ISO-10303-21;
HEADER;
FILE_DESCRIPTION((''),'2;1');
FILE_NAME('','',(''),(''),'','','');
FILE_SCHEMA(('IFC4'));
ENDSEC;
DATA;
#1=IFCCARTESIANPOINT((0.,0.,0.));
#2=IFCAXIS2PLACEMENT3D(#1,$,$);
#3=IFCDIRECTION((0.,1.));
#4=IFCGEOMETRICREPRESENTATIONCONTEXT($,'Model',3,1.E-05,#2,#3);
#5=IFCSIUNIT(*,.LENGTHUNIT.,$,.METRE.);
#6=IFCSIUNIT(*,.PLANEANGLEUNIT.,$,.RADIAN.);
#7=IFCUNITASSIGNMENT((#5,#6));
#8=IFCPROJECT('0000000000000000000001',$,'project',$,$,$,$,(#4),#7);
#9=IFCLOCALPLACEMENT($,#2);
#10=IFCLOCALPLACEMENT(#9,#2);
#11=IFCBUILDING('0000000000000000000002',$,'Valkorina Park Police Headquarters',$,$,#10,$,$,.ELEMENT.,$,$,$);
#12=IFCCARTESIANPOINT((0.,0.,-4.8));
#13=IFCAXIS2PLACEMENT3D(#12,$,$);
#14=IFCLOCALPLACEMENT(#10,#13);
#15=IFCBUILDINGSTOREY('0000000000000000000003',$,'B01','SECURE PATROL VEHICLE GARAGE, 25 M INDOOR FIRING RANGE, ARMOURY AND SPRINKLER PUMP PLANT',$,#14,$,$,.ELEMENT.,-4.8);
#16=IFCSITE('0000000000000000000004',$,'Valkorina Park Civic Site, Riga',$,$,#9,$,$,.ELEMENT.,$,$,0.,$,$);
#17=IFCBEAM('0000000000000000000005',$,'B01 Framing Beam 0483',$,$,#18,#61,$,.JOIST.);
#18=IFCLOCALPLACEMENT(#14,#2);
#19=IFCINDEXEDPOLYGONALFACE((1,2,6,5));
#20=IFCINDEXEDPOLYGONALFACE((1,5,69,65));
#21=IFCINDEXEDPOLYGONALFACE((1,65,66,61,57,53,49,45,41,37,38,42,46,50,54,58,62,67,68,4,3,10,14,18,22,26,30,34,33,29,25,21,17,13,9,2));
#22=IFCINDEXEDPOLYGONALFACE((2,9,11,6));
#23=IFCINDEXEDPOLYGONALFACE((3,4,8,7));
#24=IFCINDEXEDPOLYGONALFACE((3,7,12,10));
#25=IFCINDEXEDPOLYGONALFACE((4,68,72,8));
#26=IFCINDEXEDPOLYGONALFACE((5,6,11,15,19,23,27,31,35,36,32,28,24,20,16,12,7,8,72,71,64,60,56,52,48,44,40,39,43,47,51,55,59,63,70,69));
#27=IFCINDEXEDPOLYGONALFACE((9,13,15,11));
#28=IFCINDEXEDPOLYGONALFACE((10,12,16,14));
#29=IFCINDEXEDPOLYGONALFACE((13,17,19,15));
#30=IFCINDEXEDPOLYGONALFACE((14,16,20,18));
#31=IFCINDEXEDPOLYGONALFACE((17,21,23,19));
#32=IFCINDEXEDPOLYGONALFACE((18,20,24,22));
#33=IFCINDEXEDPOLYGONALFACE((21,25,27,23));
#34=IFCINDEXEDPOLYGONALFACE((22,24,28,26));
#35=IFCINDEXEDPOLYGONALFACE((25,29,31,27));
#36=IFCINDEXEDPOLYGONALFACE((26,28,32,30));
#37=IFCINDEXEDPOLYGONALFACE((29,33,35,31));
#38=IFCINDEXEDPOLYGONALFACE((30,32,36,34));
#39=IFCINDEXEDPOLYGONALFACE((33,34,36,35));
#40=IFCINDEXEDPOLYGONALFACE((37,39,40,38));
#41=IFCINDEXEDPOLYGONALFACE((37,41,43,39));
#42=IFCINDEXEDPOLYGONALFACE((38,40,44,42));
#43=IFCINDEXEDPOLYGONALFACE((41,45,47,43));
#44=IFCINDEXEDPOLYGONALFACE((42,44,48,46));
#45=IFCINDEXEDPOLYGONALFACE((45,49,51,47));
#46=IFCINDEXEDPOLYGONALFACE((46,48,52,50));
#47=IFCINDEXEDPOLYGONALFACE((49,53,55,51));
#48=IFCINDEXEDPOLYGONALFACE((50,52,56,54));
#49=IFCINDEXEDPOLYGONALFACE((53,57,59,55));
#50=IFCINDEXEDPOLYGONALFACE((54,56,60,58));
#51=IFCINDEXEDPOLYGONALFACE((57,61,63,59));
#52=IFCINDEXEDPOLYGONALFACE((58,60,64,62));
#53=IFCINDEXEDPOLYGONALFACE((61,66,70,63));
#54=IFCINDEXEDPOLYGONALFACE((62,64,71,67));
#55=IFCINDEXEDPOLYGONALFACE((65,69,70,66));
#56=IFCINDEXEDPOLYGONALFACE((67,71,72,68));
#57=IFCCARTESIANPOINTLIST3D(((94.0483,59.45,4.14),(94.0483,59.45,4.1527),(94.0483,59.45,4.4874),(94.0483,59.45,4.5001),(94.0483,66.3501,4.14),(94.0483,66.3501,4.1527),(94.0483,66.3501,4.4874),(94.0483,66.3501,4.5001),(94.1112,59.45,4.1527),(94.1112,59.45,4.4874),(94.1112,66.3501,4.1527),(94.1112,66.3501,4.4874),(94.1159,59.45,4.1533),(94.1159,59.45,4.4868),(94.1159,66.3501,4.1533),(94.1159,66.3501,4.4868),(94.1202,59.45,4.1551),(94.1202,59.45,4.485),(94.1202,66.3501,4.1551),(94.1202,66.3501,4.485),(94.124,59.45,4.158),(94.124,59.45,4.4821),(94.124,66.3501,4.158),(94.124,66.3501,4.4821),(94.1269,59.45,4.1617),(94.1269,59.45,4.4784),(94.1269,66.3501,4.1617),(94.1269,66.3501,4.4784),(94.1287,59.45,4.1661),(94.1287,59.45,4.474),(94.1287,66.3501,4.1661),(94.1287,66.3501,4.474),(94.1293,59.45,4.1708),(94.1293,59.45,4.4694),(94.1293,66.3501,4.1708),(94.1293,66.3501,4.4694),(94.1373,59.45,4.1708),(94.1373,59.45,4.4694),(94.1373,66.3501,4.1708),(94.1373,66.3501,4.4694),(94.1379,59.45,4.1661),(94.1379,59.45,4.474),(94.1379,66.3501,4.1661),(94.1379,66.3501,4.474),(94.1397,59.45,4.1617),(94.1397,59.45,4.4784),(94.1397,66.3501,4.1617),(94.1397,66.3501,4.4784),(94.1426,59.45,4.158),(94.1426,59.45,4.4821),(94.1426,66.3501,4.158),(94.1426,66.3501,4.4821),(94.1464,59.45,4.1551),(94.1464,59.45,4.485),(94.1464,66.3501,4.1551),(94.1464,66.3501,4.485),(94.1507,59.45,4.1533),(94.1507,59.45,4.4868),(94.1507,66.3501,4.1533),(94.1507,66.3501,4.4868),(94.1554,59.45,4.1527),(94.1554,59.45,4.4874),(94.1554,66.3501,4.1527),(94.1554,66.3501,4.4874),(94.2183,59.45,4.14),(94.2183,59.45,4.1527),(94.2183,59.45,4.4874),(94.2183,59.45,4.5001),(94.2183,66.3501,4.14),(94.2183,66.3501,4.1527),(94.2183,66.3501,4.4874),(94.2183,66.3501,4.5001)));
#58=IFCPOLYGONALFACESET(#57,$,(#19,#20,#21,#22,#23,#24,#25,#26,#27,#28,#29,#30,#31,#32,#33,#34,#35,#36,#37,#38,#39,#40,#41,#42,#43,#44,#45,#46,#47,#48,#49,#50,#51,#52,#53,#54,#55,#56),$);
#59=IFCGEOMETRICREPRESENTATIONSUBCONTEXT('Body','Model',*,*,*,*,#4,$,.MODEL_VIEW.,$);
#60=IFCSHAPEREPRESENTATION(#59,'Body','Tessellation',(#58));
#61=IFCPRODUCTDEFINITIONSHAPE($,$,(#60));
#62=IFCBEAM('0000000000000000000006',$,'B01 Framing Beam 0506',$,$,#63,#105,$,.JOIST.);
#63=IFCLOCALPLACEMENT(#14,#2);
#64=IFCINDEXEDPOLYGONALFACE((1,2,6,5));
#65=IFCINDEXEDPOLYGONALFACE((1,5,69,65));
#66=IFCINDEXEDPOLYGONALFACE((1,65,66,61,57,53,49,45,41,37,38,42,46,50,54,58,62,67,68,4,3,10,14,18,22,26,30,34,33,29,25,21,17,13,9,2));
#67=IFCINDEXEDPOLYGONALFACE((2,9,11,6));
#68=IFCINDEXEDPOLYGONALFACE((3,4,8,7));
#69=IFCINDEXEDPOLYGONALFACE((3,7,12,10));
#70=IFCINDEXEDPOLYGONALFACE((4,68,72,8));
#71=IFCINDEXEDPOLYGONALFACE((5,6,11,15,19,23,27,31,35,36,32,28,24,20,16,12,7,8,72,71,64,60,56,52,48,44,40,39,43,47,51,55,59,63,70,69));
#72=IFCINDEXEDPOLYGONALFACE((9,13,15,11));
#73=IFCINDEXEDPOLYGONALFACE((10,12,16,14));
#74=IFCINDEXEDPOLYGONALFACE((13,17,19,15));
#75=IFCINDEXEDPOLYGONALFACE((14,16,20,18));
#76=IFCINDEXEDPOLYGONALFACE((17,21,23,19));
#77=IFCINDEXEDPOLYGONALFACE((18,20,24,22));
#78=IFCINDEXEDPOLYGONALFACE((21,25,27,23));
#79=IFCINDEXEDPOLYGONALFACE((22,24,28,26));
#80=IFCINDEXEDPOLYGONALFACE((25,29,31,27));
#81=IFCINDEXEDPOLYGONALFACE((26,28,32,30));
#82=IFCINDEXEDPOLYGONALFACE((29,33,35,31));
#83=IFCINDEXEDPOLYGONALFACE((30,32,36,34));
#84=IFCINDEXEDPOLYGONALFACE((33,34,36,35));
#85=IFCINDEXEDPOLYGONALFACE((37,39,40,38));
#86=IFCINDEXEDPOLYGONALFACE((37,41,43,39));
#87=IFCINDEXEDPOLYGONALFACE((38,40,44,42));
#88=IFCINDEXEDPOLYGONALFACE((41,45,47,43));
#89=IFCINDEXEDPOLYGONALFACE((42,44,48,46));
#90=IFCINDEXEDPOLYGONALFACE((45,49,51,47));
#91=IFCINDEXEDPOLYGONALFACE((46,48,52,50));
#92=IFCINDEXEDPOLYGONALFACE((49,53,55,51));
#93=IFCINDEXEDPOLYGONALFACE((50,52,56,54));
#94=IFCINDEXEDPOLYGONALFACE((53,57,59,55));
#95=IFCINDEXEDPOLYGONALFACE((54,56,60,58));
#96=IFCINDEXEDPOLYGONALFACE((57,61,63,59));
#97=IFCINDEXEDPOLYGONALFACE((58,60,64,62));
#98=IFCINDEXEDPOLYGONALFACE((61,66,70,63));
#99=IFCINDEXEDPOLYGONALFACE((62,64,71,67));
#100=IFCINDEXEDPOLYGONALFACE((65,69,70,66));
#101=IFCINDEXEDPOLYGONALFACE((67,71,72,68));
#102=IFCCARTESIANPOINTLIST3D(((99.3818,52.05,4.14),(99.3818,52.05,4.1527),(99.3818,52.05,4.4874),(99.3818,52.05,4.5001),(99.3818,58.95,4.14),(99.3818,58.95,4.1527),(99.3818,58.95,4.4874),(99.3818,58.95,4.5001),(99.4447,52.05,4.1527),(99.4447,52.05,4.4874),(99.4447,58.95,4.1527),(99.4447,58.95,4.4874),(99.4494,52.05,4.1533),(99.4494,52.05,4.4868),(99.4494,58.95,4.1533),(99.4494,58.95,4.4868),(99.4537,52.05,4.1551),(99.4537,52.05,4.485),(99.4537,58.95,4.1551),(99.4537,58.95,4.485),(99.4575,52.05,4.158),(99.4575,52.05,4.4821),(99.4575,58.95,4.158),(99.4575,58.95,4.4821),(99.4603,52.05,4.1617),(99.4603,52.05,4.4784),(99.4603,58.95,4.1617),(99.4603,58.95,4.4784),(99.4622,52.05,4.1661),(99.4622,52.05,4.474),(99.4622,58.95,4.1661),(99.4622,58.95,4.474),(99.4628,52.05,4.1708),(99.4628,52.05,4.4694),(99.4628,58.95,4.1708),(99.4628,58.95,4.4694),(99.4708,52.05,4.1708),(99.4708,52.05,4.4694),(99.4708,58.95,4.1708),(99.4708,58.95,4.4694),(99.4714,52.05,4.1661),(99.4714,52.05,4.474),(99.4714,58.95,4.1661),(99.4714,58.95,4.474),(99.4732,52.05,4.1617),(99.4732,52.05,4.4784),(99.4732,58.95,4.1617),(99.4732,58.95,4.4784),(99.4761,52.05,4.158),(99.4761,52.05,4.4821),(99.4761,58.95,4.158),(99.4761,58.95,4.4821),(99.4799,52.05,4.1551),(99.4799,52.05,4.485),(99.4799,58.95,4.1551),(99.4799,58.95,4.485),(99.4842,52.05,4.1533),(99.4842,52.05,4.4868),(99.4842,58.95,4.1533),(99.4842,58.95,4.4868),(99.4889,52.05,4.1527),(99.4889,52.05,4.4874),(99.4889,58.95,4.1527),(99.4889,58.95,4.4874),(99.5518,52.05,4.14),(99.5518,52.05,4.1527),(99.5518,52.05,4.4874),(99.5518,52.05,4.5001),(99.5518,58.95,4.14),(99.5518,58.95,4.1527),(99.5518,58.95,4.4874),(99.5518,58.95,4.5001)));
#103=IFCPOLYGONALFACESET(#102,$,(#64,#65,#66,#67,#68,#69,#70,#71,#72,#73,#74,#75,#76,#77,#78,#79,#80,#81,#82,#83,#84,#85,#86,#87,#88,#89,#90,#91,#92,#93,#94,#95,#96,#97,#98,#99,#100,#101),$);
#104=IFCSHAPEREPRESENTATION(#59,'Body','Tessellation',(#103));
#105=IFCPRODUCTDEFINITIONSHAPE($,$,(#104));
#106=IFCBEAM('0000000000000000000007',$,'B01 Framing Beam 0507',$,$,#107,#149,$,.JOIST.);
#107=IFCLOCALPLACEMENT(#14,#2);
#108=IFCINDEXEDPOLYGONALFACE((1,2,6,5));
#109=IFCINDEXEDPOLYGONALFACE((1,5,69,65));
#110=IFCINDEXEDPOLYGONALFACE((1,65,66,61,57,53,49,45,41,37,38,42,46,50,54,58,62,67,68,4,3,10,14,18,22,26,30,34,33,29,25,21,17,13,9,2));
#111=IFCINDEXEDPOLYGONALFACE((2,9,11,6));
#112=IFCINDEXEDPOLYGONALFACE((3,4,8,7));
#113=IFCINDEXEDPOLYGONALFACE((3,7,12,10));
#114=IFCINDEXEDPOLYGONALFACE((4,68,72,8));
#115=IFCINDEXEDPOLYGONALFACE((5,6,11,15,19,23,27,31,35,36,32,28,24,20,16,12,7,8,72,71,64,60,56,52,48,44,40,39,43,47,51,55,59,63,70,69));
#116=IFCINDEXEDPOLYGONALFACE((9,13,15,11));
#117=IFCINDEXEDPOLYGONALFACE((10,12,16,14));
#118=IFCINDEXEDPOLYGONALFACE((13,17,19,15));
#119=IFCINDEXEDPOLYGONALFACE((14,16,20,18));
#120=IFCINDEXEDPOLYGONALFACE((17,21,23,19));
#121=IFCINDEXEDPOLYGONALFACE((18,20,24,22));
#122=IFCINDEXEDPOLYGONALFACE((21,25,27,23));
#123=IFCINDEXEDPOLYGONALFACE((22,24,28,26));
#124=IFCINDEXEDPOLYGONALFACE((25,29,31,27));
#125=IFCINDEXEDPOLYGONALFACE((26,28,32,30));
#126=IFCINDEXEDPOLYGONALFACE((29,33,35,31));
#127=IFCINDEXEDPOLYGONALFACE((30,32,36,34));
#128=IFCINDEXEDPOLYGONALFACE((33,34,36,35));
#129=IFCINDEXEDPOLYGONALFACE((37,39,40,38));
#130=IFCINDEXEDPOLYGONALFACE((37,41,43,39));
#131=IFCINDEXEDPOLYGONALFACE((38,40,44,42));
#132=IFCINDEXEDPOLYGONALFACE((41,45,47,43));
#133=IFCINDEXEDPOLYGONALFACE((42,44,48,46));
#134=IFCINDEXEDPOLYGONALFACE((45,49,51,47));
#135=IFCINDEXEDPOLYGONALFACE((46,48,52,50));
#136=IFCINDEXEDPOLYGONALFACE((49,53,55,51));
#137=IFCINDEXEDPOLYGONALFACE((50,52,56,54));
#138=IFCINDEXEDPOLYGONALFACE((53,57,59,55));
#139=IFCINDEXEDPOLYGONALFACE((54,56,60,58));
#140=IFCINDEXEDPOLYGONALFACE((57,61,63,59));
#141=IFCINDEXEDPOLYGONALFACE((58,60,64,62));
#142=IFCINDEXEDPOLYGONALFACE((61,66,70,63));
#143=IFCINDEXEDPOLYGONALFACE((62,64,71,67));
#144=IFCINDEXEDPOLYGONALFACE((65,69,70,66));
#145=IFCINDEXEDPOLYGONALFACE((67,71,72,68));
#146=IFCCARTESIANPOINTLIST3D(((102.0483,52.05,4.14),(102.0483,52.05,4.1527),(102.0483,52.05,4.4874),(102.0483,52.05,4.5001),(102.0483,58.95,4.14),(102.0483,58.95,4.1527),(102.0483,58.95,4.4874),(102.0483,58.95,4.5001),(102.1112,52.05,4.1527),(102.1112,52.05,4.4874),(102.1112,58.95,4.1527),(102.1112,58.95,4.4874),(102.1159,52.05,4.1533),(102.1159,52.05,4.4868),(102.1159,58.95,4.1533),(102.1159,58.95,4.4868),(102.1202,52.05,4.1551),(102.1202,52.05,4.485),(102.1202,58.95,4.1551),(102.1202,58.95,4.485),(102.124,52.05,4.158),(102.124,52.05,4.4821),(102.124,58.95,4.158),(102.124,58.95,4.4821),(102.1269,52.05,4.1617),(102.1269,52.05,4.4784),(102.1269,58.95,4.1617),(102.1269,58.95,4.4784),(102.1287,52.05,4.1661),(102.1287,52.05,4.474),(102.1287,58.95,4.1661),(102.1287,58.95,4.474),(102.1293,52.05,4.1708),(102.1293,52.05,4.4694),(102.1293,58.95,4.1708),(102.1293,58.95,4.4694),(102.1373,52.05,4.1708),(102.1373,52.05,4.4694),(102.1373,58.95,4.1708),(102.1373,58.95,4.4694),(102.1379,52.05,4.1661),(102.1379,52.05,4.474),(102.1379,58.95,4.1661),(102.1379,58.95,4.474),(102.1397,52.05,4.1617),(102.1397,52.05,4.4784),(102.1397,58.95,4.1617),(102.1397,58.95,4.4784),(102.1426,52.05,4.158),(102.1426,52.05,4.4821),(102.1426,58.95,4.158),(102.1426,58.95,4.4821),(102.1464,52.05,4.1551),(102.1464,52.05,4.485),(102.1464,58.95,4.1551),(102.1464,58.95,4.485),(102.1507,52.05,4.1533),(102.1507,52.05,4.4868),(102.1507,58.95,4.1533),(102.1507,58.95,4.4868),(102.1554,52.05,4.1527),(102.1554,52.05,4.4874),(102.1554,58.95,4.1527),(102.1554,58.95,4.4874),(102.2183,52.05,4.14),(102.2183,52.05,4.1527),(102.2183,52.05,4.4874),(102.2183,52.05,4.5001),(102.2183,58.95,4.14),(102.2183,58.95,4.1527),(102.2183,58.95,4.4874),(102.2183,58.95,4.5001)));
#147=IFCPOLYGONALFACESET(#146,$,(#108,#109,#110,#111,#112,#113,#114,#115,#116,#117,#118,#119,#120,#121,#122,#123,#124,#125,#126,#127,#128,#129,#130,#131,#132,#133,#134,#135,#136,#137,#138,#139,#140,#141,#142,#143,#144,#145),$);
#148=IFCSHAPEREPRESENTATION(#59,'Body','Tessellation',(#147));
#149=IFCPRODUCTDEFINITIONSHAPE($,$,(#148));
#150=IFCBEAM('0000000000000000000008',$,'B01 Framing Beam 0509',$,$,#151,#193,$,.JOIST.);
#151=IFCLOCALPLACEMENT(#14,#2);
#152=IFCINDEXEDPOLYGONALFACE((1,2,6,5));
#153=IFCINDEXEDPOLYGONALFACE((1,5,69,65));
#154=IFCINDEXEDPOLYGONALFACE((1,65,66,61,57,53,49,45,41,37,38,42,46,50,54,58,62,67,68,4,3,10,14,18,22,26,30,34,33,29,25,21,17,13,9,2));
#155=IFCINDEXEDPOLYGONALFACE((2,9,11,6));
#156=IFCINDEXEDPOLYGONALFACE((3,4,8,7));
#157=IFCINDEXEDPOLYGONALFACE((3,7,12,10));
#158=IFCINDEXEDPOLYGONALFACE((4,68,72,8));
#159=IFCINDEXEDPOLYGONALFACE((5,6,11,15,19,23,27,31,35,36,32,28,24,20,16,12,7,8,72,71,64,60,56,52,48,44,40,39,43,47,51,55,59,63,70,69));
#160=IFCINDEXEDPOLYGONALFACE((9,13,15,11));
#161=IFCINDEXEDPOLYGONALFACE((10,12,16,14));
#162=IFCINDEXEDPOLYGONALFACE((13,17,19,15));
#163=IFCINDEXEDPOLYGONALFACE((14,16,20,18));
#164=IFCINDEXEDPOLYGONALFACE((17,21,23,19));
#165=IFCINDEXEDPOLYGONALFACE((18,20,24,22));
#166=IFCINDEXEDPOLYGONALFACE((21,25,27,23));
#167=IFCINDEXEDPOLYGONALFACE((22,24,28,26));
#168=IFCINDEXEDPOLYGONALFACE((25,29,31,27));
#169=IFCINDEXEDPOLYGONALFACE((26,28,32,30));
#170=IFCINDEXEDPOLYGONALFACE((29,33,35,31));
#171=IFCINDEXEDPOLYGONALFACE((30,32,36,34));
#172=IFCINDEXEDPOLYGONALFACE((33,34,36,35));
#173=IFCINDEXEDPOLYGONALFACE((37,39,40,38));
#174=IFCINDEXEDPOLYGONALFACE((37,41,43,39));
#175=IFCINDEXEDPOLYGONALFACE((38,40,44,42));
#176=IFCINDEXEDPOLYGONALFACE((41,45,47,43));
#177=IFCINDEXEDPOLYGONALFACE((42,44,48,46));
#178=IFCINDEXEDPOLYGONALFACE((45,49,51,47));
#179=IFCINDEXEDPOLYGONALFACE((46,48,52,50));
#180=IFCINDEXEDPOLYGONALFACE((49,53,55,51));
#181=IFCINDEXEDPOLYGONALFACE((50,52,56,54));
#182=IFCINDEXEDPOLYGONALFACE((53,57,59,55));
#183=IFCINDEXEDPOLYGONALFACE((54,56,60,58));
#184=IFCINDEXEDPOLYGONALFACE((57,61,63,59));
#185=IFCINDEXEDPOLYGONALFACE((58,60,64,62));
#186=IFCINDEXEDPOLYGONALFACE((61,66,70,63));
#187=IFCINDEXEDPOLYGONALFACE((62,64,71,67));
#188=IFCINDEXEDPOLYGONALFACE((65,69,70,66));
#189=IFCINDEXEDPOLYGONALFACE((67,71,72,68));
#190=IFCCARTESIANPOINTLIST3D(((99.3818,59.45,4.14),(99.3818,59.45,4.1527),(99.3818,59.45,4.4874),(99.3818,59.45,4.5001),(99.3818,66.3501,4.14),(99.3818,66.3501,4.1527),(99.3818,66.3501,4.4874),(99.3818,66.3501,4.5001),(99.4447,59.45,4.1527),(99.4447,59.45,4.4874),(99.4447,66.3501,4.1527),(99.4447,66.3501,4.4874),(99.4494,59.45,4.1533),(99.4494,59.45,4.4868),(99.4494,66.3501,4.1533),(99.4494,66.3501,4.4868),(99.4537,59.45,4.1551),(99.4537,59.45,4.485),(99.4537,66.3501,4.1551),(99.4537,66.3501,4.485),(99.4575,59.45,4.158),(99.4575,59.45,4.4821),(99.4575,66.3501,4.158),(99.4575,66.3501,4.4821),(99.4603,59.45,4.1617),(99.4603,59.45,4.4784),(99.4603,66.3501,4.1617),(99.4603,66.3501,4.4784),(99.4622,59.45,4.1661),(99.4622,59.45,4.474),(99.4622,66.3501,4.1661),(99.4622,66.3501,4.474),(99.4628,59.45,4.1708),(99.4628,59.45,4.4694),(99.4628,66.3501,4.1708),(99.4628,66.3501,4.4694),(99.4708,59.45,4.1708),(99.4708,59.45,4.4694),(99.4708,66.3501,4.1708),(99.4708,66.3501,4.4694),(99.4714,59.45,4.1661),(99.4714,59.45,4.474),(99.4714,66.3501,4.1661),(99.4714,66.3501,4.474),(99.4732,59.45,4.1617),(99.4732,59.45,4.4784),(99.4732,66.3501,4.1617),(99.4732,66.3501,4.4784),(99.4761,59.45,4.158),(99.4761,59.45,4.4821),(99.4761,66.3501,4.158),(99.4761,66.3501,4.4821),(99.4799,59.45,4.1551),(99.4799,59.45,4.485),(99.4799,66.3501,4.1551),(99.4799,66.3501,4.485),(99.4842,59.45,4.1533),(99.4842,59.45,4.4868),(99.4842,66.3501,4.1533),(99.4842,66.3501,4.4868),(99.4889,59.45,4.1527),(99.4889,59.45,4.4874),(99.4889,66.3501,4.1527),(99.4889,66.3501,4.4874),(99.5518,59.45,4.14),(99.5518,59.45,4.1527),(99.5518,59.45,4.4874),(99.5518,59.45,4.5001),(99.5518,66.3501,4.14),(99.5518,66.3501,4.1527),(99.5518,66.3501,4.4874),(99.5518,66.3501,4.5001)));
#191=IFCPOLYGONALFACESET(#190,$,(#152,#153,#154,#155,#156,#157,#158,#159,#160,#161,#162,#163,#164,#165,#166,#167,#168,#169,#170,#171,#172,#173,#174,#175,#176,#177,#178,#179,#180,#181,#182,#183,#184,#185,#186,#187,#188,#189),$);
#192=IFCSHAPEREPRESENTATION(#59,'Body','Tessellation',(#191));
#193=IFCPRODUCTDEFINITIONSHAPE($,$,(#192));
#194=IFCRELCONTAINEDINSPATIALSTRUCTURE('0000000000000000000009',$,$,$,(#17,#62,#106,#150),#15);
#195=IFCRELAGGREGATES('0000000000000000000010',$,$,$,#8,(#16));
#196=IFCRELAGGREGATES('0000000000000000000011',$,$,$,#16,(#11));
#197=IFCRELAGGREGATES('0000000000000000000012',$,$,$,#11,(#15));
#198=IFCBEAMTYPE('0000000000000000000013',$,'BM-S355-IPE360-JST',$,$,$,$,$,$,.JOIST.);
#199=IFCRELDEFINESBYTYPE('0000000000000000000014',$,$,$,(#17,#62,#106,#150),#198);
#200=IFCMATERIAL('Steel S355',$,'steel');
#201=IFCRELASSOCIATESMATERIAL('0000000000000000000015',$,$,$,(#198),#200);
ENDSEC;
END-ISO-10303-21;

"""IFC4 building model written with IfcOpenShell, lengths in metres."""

from ifc_helpers import new_model, si_unit, direction, frame, origin, origin_2d, place, context, subcontext, project, spatial, i_section, extrude, material, material_profile, profile_set, type_object, element, save


model = new_model("IFC4")

# Units and contexts
model_context = context("Model", 3, precision=1e-05, world=origin(), true_north=direction((0.0, 1.0)))
body_context = subcontext(model_context, "Body", "Model", "MODEL_VIEW")
ifc_project = project(units=[si_unit("LENGTHUNIT", "METRE"), si_unit("PLANEANGLEUNIT", "RADIAN")], contexts=[model_context])

# Site, building, storey
site_placement = place(None, origin())
site = spatial("IfcSite", under=ifc_project, at=site_placement, Name="Valkorina Park Civic Site, Riga", CompositionType="ELEMENT", RefElevation=0.0)
building_placement = place(site_placement, origin())
building = spatial("IfcBuilding", under=site, at=building_placement, Name="Valkorina Park Police Headquarters", CompositionType="ELEMENT")
storey_placement = place(building_placement, frame((0.0, 0.0, -4.8)))
storey = spatial("IfcBuildingStorey", under=building, at=storey_placement, Name="B01", Description="SECURE PATROL VEHICLE GARAGE, 25 M INDOOR FIRING RANGE, ARMOURY AND SPRINKLER PUMP PLANT", CompositionType="ELEMENT", Elevation=-4.8)

# Beams
ifc_material_1 = material(Name="Steel S355", Category="steel")
ifc_material_profile_1 = material_profile(ifc_material_1, i_section(OverallWidth=0.1699, OverallDepth=0.3601, WebThickness=0.0081, FlangeThickness=0.0127, FilletRadius=0.0181, at=origin_2d()), Name="IPE 360")
ifc_profile_set_1 = profile_set([ifc_material_profile_1], Name="Steel S355")
beam_type_1 = type_object("IfcBeamType", Name="BM-S355-IPE360-JST", PredefinedType="JOIST", material=ifc_profile_set_1)
beam_1_placement = place(storey_placement, frame((94.1333, 59.45, 4.3201), z_axis=(0.0, 1.0, 0.0), x_axis=(-1.0, 0.0, 0.0)))
element("IfcBeam", 1, at=beam_1_placement, inside=storey, type_object=beam_type_1, Name="B01 Framing Beam 0483", PredefinedType="JOIST", context=body_context, shape_type="SweptSolid", body=[
    extrude(i_section(OverallWidth=0.1699, OverallDepth=0.3601, WebThickness=0.0081, FlangeThickness=0.0127, FilletRadius=0.0181, at=origin_2d()), origin(), (0.0, 0.0, 1.0), 6.9001),
])
for number, where, z_axis, x_axis, name in (
    (2, (99.4668, 52.05, 4.3201), (0.0, 1.0, 0.0), (-1.0, 0.0, 0.0), "B01 Framing Beam 0506"),
    (3, (102.1333, 52.05, 4.3201), (0.0, 1.0, 0.0), (-1.0, 0.0, 0.0), "B01 Framing Beam 0507"),
):
    element("IfcBeam", number, at=place(storey_placement, frame(where, z_axis=z_axis, x_axis=x_axis)), inside=storey, type_object=beam_type_1, Name=name, PredefinedType="JOIST", context=body_context, shape_type="SweptSolid", body=[
        extrude(i_section(OverallWidth=0.1699, OverallDepth=0.3601, WebThickness=0.0081, FlangeThickness=0.0127, FilletRadius=0.0181, at=origin_2d()), origin(), (0.0, 0.0, 1.0), 6.8999),
    ])
for number, where, z_axis, x_axis, name in (
    (4, (99.4668, 59.45, 4.3201), (0.0, 1.0, 0.0), (-1.0, 0.0, 0.0), "B01 Framing Beam 0509"),
):
    element("IfcBeam", number, at=place(storey_placement, frame(where, z_axis=z_axis, x_axis=x_axis)), inside=storey, type_object=beam_type_1, Name=name, PredefinedType="JOIST", context=body_context, shape_type="SweptSolid", body=[
        extrude(i_section(OverallWidth=0.1699, OverallDepth=0.3601, WebThickness=0.0081, FlangeThickness=0.0127, FilletRadius=0.0181, at=origin_2d()), origin(), (0.0, 0.0, 1.0), 6.9001),
    ])

save(model, "model.ifc")
